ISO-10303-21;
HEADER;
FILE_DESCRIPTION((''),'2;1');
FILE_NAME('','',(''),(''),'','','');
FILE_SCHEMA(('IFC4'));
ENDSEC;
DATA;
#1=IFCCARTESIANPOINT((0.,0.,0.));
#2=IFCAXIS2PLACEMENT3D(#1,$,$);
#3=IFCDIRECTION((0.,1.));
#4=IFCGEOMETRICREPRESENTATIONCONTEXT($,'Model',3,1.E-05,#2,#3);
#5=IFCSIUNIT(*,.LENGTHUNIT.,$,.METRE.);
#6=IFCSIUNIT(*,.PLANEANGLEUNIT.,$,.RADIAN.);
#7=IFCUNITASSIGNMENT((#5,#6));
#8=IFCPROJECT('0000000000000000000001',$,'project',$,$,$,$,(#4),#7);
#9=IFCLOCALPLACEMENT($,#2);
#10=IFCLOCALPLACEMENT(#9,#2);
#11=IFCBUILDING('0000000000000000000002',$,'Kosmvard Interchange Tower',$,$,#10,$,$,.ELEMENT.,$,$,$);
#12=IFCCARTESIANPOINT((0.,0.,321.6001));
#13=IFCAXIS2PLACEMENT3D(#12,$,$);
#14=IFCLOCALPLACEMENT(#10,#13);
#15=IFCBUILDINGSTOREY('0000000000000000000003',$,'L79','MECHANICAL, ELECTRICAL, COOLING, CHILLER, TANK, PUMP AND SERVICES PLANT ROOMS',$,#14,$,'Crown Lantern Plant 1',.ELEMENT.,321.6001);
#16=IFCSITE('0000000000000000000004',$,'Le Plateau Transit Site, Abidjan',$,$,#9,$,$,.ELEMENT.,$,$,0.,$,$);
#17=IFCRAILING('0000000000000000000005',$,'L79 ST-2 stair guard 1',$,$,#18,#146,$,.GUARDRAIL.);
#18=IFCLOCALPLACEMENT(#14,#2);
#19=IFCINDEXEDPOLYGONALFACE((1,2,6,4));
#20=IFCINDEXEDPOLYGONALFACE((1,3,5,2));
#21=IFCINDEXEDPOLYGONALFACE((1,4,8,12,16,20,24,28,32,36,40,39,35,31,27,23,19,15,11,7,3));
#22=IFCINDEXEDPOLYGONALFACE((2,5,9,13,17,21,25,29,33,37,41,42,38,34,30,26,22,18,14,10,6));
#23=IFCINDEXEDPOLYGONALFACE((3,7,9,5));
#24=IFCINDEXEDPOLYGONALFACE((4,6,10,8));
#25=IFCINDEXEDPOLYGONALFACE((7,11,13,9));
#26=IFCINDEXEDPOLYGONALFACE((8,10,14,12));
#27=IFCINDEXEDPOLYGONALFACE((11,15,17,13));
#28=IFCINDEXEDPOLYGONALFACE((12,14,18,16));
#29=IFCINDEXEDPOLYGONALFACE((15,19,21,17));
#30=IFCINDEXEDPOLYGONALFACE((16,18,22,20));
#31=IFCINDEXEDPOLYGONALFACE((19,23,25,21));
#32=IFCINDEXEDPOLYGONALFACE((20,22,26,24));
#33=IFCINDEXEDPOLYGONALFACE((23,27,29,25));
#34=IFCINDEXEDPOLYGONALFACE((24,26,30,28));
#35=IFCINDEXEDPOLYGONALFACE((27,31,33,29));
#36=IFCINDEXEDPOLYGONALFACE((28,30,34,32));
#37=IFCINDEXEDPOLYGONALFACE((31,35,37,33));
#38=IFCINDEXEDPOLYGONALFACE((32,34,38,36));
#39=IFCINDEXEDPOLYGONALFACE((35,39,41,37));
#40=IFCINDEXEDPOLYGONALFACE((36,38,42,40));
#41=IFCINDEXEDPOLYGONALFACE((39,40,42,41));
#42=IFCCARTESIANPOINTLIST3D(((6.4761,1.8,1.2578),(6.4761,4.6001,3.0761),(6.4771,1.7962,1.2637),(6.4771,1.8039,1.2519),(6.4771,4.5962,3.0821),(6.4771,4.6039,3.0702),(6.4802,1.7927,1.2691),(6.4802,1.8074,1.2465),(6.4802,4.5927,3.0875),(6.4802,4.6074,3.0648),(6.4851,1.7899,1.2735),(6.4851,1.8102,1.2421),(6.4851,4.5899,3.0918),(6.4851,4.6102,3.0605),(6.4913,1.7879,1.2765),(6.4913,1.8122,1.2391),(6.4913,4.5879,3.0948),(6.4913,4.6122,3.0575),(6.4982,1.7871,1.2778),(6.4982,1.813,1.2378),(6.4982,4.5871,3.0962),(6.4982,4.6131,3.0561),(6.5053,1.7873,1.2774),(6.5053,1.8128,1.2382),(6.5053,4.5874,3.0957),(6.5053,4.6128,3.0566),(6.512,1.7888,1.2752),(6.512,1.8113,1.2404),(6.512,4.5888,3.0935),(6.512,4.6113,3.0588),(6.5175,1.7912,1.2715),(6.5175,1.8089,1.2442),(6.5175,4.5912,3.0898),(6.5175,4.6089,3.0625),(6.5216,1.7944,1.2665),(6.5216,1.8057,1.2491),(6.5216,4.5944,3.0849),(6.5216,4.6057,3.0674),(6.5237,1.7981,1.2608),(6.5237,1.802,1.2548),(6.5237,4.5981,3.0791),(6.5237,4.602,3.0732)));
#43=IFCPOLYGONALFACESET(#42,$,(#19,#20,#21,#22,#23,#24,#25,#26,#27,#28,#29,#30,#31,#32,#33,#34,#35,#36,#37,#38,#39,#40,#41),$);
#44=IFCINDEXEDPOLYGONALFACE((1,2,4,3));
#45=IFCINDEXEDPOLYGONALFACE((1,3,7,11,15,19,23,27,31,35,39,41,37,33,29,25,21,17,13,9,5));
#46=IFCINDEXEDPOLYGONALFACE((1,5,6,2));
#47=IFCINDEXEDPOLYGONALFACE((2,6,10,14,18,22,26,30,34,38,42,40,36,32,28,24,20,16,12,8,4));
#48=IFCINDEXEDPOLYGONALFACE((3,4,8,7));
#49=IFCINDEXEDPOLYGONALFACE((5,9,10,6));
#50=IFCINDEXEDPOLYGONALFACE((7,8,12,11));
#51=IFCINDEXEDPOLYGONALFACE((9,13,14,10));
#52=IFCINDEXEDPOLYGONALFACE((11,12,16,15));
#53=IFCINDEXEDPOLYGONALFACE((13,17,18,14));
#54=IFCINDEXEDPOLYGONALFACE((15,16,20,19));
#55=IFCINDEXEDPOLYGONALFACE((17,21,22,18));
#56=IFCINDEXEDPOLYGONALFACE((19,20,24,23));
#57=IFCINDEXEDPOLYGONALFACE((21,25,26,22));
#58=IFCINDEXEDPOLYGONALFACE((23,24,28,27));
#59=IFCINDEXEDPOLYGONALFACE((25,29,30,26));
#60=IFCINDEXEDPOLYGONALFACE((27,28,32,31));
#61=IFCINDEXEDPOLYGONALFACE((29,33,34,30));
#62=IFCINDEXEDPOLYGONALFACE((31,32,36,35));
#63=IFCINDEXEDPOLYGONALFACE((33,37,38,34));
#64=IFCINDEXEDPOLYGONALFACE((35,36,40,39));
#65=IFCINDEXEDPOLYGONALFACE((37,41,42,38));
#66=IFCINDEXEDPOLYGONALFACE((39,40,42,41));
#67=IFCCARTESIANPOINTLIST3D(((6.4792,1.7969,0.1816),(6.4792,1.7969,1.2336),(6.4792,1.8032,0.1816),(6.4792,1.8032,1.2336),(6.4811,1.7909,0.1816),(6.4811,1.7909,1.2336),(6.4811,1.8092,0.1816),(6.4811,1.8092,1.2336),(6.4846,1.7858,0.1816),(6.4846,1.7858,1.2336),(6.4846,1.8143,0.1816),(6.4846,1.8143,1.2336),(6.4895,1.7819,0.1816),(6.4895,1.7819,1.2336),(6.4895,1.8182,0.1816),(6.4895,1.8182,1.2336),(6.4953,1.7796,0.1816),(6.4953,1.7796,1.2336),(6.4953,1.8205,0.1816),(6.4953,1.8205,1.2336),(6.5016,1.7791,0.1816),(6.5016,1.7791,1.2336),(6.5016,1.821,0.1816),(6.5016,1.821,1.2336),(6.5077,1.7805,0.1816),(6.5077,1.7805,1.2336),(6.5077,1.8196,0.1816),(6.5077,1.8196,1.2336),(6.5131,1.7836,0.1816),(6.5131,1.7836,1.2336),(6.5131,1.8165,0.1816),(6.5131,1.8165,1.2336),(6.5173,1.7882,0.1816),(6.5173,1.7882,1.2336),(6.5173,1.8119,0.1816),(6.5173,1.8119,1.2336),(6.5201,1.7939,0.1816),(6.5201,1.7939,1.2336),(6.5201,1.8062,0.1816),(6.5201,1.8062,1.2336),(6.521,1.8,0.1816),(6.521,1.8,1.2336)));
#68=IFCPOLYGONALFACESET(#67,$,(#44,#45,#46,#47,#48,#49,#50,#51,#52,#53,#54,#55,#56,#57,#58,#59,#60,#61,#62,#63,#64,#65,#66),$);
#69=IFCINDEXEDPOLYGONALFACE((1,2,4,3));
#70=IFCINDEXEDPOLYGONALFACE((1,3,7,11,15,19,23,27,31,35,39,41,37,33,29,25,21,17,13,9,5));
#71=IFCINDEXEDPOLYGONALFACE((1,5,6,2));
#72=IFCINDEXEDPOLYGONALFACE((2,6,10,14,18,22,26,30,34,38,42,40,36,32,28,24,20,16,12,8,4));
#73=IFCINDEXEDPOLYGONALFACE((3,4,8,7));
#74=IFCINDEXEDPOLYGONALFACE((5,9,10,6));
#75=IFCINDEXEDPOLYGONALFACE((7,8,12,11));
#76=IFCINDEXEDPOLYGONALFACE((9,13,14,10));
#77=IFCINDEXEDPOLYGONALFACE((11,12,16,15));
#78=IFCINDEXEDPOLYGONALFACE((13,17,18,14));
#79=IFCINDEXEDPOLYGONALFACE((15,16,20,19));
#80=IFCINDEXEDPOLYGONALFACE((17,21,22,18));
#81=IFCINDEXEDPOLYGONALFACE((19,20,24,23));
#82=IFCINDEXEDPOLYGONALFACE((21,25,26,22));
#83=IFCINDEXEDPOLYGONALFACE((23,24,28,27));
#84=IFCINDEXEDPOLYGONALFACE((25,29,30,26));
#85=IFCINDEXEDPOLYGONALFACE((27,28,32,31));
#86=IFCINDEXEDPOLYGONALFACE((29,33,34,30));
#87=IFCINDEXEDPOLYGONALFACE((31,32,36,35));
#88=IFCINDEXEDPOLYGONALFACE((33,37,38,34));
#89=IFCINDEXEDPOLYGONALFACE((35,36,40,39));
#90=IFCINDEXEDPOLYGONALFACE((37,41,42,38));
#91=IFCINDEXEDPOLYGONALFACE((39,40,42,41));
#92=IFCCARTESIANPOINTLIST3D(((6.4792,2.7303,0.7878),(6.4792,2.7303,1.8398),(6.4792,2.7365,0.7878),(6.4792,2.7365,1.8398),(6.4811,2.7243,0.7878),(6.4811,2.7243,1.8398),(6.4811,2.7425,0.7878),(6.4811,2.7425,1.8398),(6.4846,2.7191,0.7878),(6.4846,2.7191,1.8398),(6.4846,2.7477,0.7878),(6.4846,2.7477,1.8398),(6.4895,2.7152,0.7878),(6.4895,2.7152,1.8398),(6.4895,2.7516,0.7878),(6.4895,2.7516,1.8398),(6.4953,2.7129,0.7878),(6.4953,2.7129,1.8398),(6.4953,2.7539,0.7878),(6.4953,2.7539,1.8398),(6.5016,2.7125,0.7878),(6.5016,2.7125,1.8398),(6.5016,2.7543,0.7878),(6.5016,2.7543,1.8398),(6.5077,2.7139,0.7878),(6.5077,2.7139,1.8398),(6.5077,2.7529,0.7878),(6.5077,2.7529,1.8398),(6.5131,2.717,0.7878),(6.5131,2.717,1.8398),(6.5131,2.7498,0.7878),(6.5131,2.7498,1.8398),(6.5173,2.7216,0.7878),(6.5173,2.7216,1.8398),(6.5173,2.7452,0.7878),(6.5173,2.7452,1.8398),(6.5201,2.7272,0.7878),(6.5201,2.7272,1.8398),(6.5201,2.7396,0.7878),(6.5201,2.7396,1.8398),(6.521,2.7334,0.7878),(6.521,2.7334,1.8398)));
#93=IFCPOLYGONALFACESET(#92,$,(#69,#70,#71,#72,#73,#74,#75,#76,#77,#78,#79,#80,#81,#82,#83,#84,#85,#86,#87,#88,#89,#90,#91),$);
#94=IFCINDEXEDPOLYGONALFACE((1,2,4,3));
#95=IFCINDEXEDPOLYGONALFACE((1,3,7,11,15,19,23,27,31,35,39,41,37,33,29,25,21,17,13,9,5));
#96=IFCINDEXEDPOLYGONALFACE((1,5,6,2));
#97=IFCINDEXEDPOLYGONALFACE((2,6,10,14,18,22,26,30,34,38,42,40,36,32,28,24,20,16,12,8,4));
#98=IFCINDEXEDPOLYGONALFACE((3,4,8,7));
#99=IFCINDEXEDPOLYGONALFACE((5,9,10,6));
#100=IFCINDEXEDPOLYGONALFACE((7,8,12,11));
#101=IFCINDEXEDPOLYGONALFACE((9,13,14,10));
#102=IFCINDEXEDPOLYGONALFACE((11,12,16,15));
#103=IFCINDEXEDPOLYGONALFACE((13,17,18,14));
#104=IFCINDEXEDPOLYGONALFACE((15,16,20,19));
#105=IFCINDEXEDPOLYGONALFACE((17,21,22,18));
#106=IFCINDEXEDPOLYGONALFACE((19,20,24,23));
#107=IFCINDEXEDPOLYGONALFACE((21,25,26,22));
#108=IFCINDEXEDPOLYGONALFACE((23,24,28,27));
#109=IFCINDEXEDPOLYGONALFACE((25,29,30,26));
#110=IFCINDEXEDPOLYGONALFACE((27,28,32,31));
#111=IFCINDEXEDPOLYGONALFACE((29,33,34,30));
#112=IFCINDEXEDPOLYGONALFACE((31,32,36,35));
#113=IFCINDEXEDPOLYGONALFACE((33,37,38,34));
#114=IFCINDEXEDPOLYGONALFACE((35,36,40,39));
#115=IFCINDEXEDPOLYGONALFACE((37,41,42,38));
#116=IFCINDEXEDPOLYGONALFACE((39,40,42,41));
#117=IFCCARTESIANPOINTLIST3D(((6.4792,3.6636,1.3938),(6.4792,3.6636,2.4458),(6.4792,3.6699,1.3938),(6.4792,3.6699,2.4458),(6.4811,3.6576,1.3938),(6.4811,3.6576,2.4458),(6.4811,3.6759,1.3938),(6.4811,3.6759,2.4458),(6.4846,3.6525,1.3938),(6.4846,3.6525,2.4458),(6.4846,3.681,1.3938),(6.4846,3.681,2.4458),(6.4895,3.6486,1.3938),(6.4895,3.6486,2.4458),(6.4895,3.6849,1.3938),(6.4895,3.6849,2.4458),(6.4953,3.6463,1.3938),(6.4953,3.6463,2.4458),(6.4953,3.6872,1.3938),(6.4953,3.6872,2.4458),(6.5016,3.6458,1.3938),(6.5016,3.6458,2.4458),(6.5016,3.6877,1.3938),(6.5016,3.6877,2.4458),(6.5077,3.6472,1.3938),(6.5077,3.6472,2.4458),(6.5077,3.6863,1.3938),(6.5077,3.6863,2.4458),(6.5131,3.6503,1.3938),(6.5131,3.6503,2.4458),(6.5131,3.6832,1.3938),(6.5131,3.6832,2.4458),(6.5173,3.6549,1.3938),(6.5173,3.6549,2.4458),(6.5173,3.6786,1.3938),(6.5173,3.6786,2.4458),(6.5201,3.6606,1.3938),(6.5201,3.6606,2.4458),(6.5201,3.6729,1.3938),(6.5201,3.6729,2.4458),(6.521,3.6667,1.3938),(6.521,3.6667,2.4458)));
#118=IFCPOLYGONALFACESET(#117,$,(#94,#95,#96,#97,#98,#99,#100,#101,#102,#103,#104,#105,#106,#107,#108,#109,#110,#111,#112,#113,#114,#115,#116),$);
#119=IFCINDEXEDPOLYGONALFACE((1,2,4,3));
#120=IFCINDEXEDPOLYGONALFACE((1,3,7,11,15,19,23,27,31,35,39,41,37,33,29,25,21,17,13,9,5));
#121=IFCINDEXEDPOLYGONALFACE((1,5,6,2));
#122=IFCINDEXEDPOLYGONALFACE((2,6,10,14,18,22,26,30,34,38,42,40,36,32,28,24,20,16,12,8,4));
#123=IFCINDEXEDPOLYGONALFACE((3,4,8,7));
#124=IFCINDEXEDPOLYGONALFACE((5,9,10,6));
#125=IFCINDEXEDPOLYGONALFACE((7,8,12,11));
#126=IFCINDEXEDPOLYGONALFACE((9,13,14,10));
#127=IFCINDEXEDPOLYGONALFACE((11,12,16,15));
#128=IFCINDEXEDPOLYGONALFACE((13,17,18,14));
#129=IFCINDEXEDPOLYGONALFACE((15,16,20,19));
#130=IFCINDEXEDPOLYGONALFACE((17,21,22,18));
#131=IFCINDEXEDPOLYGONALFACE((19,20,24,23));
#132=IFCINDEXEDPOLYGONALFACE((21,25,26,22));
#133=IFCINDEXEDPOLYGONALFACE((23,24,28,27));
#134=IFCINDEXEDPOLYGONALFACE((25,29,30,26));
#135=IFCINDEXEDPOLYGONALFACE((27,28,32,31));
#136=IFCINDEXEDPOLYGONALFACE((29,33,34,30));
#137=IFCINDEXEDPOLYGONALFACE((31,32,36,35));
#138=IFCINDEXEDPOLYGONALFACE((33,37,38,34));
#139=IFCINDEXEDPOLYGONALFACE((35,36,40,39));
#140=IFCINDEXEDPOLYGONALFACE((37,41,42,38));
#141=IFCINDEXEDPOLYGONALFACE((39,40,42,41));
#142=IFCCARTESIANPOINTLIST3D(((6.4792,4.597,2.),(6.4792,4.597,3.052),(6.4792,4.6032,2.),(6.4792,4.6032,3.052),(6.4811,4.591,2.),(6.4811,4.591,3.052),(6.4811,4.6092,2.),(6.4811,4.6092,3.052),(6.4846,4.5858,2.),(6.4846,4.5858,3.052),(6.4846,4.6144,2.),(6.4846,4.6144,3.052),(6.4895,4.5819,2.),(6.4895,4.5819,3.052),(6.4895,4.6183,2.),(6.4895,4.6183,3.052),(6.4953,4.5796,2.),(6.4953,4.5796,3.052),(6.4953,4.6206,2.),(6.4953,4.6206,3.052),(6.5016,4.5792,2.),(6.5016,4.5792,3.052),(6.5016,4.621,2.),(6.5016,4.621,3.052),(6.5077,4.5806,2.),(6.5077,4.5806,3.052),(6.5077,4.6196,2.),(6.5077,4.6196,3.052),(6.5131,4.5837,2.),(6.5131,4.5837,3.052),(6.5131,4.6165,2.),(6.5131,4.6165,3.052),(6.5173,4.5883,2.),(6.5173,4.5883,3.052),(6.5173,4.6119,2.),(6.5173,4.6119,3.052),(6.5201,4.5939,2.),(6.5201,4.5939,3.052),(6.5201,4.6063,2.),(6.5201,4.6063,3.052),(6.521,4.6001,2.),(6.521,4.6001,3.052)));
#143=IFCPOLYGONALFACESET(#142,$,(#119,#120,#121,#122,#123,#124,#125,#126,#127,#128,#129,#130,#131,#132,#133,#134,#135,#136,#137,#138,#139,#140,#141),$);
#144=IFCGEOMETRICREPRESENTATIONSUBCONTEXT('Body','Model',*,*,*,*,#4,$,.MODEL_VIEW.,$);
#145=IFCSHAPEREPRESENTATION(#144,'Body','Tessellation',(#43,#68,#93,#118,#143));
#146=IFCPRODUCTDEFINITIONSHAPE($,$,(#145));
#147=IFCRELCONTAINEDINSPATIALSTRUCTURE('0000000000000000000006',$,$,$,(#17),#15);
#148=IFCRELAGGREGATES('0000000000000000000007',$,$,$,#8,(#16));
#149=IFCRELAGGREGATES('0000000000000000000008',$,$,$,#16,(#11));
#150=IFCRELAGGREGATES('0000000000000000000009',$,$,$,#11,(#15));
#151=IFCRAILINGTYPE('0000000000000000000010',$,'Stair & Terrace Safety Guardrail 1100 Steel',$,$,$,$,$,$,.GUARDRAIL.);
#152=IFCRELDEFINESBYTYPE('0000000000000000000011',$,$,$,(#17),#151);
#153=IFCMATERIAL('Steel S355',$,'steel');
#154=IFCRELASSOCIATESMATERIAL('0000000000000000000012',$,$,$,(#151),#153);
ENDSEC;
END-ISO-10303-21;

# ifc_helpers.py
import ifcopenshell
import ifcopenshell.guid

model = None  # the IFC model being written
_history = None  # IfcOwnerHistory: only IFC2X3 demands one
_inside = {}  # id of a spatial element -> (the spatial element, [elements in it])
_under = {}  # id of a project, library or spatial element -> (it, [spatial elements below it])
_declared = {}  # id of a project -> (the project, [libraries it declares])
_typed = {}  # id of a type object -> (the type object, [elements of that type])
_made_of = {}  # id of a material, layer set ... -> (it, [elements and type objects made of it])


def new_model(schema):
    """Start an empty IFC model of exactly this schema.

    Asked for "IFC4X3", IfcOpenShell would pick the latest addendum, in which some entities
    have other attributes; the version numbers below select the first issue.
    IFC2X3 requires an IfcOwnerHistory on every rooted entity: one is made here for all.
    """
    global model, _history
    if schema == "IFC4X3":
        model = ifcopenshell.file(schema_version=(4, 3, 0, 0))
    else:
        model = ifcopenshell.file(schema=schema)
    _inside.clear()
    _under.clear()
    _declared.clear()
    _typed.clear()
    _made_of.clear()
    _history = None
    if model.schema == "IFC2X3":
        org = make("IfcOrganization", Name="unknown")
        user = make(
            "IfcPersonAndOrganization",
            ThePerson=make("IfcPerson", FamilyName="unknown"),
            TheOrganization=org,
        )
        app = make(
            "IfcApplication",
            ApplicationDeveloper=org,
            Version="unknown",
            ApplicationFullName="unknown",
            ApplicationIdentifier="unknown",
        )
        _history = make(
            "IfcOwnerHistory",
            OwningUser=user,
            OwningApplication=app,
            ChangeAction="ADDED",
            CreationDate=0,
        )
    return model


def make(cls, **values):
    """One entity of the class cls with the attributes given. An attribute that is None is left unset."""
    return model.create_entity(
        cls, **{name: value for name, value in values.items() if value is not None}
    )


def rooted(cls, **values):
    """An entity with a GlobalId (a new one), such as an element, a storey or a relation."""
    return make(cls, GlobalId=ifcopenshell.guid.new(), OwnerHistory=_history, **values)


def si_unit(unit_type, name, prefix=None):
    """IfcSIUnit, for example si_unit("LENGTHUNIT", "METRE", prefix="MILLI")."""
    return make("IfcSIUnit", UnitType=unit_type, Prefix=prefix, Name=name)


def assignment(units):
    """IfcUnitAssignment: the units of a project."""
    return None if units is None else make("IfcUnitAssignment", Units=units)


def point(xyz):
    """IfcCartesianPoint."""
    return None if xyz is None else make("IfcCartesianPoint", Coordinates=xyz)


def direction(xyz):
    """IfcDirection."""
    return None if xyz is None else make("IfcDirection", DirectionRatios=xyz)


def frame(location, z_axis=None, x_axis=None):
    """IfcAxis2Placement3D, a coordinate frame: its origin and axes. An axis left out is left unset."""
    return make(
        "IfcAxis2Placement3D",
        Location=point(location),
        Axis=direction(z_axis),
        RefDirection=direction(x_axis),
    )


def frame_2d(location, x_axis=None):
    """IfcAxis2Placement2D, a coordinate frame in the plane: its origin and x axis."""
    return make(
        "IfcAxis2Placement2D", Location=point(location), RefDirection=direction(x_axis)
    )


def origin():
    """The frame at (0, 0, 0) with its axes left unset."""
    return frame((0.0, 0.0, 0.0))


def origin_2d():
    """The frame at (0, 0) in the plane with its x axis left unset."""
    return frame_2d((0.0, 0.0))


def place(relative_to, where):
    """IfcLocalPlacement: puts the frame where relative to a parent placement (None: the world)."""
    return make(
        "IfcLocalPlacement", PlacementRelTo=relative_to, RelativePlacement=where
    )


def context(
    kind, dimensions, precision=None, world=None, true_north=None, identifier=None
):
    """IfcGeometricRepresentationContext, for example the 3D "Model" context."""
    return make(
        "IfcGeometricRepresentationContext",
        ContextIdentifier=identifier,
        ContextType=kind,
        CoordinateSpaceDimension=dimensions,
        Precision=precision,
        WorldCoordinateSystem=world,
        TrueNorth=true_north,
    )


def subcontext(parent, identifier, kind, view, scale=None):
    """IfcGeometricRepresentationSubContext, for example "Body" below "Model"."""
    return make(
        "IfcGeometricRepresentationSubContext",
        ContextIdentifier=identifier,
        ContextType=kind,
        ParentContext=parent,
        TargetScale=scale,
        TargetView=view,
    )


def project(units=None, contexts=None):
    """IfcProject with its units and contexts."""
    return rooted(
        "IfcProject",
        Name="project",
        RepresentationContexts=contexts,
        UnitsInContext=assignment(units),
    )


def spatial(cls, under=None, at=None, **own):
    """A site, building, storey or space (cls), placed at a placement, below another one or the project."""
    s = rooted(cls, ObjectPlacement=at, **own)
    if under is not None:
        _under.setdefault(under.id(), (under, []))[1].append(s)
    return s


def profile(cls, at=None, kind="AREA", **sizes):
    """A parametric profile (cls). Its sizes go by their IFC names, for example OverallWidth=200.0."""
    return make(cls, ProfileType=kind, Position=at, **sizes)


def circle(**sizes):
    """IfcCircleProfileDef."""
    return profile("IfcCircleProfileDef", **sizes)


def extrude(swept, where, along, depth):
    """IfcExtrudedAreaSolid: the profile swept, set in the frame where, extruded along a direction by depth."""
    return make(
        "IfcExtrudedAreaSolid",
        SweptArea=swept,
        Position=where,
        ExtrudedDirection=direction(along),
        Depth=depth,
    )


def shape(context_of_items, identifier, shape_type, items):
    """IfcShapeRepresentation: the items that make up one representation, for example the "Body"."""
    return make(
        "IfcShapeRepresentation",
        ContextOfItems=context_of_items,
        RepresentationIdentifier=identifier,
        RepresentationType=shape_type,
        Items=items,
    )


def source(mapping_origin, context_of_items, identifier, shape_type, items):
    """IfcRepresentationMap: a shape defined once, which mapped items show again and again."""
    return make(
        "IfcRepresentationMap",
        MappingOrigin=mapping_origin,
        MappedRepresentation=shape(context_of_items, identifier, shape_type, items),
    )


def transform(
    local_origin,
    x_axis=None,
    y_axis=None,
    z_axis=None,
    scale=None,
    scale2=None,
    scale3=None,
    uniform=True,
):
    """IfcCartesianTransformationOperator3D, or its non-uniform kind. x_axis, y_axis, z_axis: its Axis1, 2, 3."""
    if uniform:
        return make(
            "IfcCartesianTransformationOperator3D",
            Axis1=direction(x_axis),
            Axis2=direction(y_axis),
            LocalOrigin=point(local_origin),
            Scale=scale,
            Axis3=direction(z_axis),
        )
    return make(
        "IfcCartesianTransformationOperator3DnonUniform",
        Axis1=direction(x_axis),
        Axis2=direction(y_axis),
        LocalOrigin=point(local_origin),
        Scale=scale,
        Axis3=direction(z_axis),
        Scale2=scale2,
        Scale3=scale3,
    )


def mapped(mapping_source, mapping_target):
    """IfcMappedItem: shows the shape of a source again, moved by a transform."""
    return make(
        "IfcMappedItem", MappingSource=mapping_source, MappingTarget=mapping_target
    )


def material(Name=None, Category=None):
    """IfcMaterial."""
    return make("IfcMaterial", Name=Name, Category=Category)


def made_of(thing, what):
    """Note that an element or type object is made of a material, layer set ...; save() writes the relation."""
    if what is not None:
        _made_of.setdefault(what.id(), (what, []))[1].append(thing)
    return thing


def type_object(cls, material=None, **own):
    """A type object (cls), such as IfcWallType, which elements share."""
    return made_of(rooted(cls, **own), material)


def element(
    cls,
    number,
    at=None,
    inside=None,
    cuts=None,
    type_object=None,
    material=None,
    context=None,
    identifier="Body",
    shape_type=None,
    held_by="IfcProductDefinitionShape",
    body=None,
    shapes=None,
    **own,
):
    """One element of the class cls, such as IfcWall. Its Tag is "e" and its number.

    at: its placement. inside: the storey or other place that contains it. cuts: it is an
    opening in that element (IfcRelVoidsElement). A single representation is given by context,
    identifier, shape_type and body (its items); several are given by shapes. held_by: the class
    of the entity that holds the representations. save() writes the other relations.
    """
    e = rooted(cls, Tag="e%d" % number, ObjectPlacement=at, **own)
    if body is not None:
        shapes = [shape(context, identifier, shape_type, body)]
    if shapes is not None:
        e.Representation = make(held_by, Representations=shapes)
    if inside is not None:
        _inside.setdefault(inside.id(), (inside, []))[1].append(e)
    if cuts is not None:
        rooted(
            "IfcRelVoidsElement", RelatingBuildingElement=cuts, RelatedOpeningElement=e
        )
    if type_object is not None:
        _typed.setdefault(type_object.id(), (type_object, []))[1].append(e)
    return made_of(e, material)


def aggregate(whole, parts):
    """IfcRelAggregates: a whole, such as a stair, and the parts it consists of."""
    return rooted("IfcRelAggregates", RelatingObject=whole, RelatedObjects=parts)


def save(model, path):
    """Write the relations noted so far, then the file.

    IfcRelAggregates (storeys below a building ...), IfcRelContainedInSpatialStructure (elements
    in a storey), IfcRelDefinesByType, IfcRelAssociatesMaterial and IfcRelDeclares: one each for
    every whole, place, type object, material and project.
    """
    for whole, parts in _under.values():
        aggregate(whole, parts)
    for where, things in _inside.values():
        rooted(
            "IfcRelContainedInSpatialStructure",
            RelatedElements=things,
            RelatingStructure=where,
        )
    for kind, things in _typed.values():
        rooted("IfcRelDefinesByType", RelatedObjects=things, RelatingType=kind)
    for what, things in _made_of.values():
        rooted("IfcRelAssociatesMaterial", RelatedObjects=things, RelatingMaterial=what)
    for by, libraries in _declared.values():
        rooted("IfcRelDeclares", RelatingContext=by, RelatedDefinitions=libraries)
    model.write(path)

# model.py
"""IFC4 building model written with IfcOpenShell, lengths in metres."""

from ifc_helpers import new_model, si_unit, direction, frame, origin, origin_2d, place, context, subcontext, project, spatial, circle, extrude, source, transform, mapped, material, type_object, element, save


model = new_model("IFC4")

# Units and contexts
model_context = context("Model", 3, precision=1e-05, world=origin(), true_north=direction((0.0, 1.0)))
body_context = subcontext(model_context, "Body", "Model", "MODEL_VIEW")
ifc_project = project(units=[si_unit("LENGTHUNIT", "METRE"), si_unit("PLANEANGLEUNIT", "RADIAN")], contexts=[model_context])

# Site, building, storey
site_placement = place(None, origin())
site = spatial("IfcSite", under=ifc_project, at=site_placement, Name="Le Plateau Transit Site, Abidjan", CompositionType="ELEMENT", RefElevation=0.0)
building_placement = place(site_placement, origin())
building = spatial("IfcBuilding", under=site, at=building_placement, Name="Kosmvard Interchange Tower", CompositionType="ELEMENT")
storey_placement = place(building_placement, frame((0.0, 0.0, 321.6001)))
storey = spatial("IfcBuildingStorey", under=building, at=storey_placement, Name="L79", Description="MECHANICAL, ELECTRICAL, COOLING, CHILLER, TANK, PUMP AND SERVICES PLANT ROOMS", LongName="Crown Lantern Plant 1", CompositionType="ELEMENT", Elevation=321.6001)

# Shared definitions
ifc_material_1 = material(Name="Steel S355", Category="steel")

# Railing
railing_type_1 = type_object("IfcRailingType", Name="Stair & Terrace Safety Guardrail 1100 Steel", PredefinedType="GUARDRAIL", material=ifc_material_1)
shared_shape_1 = source(origin(), body_context, "Body", "SweptSolid", [
    extrude(circle(Radius=0.0239, at=origin_2d()), frame((0.0, 0.0, 1.0762), z_axis=(0.0, 0.838672, 0.544636), x_axis=(-1.0, 0.0, 0.0)), (0.0, 0.0, 1.0), 3.3386),
    extrude(circle(Radius=0.021, at=origin_2d()), origin(), (0.0, 0.0, 1.0), 1.052),
    extrude(circle(Radius=0.021, at=origin_2d()), frame((0.0, 0.9333, 0.6062)), (0.0, 0.0, 1.0), 1.052),
    extrude(circle(Radius=0.021, at=origin_2d()), frame((0.0, 1.8667, 1.2122)), (0.0, 0.0, 1.0), 1.052),
    extrude(circle(Radius=0.021, at=origin_2d()), frame((0.0, 2.8, 1.8184)), (0.0, 0.0, 1.0), 1.052),
])
railing_1_placement = place(storey_placement, frame((6.5, 1.8, 0.1816)))
element("IfcRailing", 1, at=railing_1_placement, inside=storey, type_object=railing_type_1, Name="L79 ST-2 stair guard 1", PredefinedType="GUARDRAIL", context=body_context, shape_type="MappedRepresentation", body=[
    mapped(shared_shape_1, transform((0.0, 0.0, 0.0), scale=1.0)),
])

save(model, "model.ifc")
